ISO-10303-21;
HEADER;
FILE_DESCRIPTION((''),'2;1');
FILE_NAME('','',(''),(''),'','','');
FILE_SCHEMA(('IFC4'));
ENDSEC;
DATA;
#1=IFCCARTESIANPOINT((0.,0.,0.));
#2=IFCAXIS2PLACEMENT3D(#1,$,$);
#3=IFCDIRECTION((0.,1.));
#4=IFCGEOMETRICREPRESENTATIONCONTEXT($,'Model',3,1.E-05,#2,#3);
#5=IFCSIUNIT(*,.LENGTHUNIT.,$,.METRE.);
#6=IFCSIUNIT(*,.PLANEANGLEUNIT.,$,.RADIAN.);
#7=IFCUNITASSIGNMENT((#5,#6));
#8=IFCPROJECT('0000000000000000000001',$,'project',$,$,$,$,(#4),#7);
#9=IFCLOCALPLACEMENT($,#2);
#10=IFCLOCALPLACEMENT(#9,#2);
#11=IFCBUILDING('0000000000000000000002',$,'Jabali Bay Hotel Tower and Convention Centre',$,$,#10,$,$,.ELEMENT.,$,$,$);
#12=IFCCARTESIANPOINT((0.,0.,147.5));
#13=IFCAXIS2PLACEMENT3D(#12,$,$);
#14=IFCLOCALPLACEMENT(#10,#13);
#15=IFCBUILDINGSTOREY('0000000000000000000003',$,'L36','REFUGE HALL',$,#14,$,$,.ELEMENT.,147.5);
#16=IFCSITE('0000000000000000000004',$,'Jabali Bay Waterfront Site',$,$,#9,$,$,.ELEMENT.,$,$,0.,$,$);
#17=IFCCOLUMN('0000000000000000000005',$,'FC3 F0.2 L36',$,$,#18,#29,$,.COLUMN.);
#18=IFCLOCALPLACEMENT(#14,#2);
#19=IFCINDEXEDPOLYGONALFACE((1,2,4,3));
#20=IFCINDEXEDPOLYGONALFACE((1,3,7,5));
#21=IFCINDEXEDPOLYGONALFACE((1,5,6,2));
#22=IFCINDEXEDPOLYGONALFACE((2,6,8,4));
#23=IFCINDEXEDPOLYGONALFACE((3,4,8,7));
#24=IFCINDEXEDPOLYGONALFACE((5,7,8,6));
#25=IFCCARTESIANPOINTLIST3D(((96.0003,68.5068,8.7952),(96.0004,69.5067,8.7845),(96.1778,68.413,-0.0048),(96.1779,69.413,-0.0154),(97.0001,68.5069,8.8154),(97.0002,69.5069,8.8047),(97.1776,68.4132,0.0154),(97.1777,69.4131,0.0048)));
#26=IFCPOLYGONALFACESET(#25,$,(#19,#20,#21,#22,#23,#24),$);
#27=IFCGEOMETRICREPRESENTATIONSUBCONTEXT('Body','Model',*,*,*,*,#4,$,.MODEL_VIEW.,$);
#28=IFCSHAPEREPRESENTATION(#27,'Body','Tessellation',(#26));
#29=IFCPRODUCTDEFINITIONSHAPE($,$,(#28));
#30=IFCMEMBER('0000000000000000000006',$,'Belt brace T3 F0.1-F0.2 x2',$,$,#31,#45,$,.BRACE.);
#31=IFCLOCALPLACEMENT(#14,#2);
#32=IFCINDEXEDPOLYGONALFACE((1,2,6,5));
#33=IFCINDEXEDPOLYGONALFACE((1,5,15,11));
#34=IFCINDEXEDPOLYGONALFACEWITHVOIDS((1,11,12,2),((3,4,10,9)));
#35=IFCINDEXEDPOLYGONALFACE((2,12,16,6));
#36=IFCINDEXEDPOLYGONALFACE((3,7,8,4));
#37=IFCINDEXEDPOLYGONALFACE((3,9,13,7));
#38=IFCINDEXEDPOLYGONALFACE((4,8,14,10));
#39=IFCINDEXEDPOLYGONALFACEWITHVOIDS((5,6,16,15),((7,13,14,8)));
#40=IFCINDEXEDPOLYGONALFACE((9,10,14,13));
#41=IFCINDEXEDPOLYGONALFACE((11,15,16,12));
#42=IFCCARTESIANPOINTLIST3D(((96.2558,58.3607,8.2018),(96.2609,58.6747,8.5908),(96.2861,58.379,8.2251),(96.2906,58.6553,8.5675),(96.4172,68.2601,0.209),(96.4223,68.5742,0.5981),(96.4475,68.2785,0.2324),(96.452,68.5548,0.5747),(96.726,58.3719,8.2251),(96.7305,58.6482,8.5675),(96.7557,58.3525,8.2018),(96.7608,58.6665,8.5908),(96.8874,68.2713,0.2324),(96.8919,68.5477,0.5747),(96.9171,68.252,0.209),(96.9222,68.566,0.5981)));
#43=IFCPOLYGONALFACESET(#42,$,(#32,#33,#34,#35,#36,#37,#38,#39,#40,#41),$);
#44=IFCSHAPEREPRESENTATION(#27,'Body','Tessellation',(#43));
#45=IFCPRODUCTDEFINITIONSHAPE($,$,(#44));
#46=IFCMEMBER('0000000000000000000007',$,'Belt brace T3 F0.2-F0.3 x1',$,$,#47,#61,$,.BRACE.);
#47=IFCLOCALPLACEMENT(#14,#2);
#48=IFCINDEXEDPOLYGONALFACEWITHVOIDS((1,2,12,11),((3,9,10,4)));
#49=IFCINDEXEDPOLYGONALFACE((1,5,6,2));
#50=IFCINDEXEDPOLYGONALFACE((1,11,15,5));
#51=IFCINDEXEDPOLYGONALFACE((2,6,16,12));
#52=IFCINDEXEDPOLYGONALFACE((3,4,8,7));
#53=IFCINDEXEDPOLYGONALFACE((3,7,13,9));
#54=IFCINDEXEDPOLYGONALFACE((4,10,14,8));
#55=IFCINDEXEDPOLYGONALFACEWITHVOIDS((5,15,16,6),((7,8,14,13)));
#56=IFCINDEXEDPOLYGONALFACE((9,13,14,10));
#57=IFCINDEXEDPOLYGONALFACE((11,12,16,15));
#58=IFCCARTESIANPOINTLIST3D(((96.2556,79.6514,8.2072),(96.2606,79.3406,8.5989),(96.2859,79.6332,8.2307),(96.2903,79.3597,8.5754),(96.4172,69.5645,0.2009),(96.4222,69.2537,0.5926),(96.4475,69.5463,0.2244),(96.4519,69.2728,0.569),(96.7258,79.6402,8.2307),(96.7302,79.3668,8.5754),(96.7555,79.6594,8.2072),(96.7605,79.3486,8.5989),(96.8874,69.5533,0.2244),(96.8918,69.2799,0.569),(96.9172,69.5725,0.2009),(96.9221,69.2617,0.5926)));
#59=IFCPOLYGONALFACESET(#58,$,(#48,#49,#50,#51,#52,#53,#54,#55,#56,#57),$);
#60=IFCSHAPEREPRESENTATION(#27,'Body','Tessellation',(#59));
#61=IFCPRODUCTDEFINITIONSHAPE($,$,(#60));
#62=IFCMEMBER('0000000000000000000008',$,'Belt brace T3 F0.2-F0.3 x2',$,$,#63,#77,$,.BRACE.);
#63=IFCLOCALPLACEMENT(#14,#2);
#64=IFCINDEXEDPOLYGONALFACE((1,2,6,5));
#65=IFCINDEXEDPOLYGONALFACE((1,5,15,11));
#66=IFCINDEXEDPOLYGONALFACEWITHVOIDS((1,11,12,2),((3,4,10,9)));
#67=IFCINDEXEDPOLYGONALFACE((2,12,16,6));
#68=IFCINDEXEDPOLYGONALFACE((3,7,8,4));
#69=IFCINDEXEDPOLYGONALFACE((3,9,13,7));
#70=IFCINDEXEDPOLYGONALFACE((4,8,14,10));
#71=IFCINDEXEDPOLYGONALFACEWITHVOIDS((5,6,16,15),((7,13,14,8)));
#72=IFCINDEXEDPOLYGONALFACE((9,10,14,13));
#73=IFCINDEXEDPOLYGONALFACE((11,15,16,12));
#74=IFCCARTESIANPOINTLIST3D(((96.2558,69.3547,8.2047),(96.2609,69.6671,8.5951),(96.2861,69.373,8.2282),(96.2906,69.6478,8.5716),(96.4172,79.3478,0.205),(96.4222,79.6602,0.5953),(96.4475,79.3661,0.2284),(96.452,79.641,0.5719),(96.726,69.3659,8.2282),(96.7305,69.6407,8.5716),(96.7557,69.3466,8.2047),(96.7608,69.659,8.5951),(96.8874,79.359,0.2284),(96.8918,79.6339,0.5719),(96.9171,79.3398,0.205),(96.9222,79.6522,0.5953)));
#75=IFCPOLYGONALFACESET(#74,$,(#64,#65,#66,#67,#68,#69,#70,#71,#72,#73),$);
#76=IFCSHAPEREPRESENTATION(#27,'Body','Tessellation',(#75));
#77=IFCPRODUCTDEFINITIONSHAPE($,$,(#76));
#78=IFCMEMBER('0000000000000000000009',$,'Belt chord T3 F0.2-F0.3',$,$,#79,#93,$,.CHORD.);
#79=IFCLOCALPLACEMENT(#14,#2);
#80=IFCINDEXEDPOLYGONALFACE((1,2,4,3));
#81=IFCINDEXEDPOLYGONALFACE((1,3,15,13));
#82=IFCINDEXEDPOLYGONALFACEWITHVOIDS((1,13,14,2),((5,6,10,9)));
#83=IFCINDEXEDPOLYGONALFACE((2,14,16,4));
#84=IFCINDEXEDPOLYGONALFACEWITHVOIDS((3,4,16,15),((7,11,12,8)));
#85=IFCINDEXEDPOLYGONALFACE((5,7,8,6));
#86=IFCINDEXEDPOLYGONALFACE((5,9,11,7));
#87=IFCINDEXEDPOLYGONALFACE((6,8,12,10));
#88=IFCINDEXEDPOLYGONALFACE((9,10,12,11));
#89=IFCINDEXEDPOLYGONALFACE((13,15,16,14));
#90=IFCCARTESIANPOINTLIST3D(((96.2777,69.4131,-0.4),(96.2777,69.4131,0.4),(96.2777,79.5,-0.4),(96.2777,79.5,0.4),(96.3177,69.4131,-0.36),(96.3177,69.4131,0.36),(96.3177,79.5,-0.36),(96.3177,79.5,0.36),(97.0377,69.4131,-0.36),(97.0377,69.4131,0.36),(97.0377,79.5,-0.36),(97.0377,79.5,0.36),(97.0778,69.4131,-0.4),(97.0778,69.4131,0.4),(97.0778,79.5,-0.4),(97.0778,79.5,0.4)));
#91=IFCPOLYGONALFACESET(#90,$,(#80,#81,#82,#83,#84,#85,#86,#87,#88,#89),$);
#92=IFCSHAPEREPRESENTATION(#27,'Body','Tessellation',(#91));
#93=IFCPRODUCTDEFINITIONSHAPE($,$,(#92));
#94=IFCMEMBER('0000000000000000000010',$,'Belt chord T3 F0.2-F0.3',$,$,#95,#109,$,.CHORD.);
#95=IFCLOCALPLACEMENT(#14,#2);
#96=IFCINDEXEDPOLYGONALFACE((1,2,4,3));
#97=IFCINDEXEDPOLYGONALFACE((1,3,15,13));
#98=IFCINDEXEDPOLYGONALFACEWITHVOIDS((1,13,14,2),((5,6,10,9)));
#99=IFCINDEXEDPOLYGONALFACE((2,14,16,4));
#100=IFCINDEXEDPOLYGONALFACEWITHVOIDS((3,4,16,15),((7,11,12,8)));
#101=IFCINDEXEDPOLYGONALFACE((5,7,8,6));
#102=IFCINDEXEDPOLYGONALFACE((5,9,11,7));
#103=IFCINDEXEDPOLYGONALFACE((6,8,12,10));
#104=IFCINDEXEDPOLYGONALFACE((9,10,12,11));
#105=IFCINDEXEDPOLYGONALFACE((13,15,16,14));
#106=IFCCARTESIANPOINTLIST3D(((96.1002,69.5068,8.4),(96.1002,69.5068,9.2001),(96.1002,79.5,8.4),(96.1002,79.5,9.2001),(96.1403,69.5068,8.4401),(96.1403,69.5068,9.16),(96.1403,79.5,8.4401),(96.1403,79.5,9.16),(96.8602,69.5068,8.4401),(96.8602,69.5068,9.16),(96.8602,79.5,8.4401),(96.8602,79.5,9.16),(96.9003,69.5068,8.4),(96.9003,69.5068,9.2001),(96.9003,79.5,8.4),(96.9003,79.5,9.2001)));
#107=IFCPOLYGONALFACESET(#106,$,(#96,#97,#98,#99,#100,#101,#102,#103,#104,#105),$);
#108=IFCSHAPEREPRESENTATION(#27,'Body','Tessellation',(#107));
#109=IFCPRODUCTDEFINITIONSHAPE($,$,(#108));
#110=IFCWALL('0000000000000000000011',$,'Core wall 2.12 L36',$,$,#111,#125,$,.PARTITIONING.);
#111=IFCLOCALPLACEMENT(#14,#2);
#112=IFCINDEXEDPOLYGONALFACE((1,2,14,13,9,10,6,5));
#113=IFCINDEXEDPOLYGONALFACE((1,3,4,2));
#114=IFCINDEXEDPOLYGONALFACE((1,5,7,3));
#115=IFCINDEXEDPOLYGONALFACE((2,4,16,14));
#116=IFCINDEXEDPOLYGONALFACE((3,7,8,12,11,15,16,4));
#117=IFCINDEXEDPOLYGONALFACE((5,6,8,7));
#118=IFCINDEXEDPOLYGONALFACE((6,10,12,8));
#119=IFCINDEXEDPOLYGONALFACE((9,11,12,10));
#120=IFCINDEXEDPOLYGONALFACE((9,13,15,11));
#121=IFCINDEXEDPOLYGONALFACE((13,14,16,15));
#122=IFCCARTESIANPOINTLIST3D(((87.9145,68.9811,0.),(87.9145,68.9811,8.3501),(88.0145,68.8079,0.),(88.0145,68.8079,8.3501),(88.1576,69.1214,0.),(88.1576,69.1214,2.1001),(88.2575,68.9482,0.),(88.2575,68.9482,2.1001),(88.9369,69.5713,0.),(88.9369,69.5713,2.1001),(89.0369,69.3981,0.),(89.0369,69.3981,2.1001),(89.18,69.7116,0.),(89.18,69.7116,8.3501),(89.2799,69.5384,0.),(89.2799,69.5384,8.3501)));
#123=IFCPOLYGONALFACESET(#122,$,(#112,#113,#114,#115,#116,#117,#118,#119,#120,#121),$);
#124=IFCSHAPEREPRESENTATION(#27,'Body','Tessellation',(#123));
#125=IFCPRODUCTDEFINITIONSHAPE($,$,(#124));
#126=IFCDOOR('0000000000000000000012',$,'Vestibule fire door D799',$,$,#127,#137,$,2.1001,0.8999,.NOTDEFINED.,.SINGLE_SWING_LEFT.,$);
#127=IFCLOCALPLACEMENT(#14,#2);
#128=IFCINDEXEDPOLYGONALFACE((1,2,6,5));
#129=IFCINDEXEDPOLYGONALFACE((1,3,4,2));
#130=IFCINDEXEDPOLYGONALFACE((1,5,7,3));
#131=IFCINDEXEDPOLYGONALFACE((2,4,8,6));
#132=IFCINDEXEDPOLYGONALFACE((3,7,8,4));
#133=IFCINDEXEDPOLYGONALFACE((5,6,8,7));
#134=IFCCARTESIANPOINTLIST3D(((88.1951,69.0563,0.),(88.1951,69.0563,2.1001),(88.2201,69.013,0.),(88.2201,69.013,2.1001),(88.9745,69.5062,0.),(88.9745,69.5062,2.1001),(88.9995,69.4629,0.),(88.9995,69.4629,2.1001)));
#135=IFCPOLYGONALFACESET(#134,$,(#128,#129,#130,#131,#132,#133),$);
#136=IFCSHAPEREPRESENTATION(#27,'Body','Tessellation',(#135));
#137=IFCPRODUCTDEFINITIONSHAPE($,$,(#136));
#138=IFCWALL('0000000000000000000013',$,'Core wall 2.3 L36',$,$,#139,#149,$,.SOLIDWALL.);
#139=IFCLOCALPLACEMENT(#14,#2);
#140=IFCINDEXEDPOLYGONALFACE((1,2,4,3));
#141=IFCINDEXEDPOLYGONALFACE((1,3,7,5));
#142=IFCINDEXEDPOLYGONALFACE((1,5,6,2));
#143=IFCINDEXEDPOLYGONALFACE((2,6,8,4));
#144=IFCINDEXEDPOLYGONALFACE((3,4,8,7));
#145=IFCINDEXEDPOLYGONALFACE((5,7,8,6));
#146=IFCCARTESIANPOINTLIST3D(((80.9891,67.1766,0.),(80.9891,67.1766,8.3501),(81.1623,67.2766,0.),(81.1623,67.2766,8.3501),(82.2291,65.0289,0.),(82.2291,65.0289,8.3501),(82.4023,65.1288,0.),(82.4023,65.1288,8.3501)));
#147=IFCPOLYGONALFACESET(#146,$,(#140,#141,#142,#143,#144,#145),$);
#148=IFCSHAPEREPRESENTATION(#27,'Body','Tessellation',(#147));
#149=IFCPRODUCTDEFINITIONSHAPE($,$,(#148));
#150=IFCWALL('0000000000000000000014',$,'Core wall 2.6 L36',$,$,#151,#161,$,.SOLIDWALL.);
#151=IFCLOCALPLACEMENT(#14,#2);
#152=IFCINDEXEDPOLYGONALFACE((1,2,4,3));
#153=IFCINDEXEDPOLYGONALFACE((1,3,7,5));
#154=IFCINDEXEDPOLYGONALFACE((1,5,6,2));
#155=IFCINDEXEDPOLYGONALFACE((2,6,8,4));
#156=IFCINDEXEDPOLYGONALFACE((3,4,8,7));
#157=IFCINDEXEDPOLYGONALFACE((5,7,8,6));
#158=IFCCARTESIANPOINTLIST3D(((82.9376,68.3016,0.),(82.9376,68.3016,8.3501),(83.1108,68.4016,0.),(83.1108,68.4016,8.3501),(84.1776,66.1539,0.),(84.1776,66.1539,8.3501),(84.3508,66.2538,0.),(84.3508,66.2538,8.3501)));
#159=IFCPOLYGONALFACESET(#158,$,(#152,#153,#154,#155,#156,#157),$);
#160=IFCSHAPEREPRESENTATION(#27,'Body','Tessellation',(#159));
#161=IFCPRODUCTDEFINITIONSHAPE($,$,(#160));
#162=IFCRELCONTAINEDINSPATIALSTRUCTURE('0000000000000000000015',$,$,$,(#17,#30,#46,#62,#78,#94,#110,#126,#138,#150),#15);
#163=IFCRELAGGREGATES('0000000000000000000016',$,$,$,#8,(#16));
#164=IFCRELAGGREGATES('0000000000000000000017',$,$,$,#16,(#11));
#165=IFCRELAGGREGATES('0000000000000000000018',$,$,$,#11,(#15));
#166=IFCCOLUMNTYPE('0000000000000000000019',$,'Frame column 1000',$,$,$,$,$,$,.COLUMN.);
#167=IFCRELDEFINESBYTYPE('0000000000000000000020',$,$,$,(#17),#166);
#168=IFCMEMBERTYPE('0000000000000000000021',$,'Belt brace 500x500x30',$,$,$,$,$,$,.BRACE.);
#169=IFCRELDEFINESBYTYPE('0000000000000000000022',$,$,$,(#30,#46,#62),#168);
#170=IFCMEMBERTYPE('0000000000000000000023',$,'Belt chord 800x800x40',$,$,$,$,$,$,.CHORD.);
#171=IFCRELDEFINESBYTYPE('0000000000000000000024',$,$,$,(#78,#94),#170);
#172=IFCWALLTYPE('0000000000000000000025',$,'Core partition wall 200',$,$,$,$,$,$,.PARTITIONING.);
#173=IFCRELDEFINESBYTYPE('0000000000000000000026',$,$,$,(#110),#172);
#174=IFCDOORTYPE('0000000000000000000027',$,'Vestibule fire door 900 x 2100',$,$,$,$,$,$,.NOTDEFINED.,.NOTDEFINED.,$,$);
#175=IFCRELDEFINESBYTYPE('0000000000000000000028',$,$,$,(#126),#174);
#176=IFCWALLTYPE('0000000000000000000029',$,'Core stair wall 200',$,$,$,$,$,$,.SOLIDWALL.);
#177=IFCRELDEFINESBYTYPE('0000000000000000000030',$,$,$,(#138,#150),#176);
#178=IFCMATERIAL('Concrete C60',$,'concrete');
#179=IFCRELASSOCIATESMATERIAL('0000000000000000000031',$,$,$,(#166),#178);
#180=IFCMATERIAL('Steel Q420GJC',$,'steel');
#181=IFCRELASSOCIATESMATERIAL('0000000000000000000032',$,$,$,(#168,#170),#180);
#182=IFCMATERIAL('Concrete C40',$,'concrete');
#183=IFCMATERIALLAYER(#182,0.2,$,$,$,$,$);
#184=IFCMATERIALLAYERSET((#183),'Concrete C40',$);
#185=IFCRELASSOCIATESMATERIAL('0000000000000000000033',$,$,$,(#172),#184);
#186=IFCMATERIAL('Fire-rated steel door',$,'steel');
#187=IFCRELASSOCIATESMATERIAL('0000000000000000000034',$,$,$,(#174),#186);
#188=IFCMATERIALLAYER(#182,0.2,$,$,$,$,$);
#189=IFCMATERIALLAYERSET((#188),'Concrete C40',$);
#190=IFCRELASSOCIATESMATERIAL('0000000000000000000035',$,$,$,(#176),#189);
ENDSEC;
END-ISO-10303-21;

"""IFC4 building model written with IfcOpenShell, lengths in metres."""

from ifc_helpers import new_model, si_unit, direction, frame, frame_2d, origin, origin_2d, place, context, subcontext, project, spatial, rectangle, hollow_rectangle, extrude, material, layer, layer_set, material_profile, profile_set, type_object, element, fill, save


model = new_model("IFC4")

# Units and contexts
model_context = context("Model", 3, precision=1e-05, world=origin(), true_north=direction((0.0, 1.0)))
body_context = subcontext(model_context, "Body", "Model", "MODEL_VIEW")
ifc_project = project(units=[si_unit("LENGTHUNIT", "METRE"), si_unit("PLANEANGLEUNIT", "RADIAN")], contexts=[model_context])

# Site, building, storey
site_placement = place(None, origin())
site = spatial("IfcSite", under=ifc_project, at=site_placement, Name="Jabali Bay Waterfront Site", CompositionType="ELEMENT", RefElevation=0.0)
building_placement = place(site_placement, origin())
building = spatial("IfcBuilding", under=site, at=building_placement, Name="Jabali Bay Hotel Tower and Convention Centre", CompositionType="ELEMENT")
storey_placement = place(building_placement, frame((0.0, 0.0, 147.5)))
storey = spatial("IfcBuildingStorey", under=building, at=storey_placement, Name="L36", Description="REFUGE HALL", CompositionType="ELEMENT", Elevation=147.5)

# Column
ifc_material_1 = material(Name="Concrete C60", Category="concrete")
ifc_material_profile_1 = material_profile(ifc_material_1, rectangle(XDim=1.0, YDim=1.0, at=origin_2d()), Name="Frame column 1000")
ifc_profile_set_1 = profile_set([ifc_material_profile_1], Name="Concrete C60")
column_type = type_object("IfcColumnType", Name="Frame column 1000", PredefinedType="COLUMN", material=ifc_profile_set_1)
column_placement = place(storey_placement, frame((96.6777, 68.9131, 0.0), z_axis=(-0.020164, 0.010651, 0.99974), x_axis=(-0.000069, -0.999943, 0.010651)))
element("IfcColumn", 1, at=column_placement, inside=storey, type_object=column_type, Name="FC3 F0.2 L36", PredefinedType="COLUMN", context=body_context, shape_type="SweptSolid", body=[
    extrude(rectangle(XDim=1.0, YDim=1.0, at=origin_2d()), origin(), (0.0, 0.0, 1.0), 8.8022),
])

# Members
ifc_material_2 = material(Name="Steel Q420GJC", Category="steel")
ifc_material_profile_2 = material_profile(ifc_material_2, hollow_rectangle(XDim=0.5, YDim=0.5, WallThickness=0.03, at=origin_2d()), Name="Belt brace 500x500x30")
ifc_profile_set_2 = profile_set([ifc_material_profile_2], Name="Steel Q420GJC")
member_type_1 = type_object("IfcMemberType", Name="Belt brace 500x500x30", PredefinedType="BRACE", material=ifc_profile_set_2)
member_1_placement = place(storey_placement, frame((96.6697, 68.4131, 0.4036), z_axis=(-0.012683, -0.777994, 0.628144), x_axis=(0.999867, -0.0163, 0.0)))
element("IfcMember", 2, at=member_1_placement, inside=storey, type_object=member_type_1, Name="Belt brace T3 F0.1-F0.2 x2", PredefinedType="BRACE", context=body_context, shape_type="SweptSolid", body=[
    extrude(hollow_rectangle(XDim=0.5, YDim=0.5, WallThickness=0.03, at=origin_2d()), origin(), (0.0, 0.0, 1.0), 12.7244),
])
member_2_placement = place(storey_placement, frame((96.6697, 69.4131, 0.3967), z_axis=(-0.012549, 0.783195, 0.62165), x_axis=(-0.999872, -0.016021, 0.0)))
element("IfcMember", 3, at=member_2_placement, inside=storey, type_object=member_type_1, Name="Belt brace T3 F0.2-F0.3 x1", PredefinedType="BRACE", context=body_context, shape_type="SweptSolid", body=[
    extrude(hollow_rectangle(XDim=0.5, YDim=0.5, WallThickness=0.03, at=origin_2d()), origin(), (0.0, 0.0, 1.0), 12.8792),
])
member_3_placement = place(storey_placement, frame((96.6697, 79.5, 0.4001), z_axis=(-0.012606, -0.780608, 0.624894), x_axis=(0.99987, -0.016147, 0.0)))
element("IfcMember", 4, at=member_3_placement, inside=storey, type_object=member_type_1, Name="Belt brace T3 F0.2-F0.3 x2", PredefinedType="BRACE", context=body_context, shape_type="SweptSolid", body=[
    extrude(hollow_rectangle(XDim=0.5, YDim=0.5, WallThickness=0.03, at=origin_2d()), origin(), (0.0, 0.0, 1.0), 12.8018),
])
ifc_material_profile_3 = material_profile(ifc_material_2, hollow_rectangle(XDim=0.8, YDim=0.8, WallThickness=0.04, at=origin_2d()), Name="Belt chord 800x800x40")
ifc_profile_set_3 = profile_set([ifc_material_profile_3], Name="Steel Q420GJC")
member_type_2 = type_object("IfcMemberType", Name="Belt chord 800x800x40", PredefinedType="CHORD", material=ifc_profile_set_3)
member_4_placement = place(storey_placement, frame((96.6777, 69.4131, 0.0), z_axis=(0.0, 1.0, 0.0), x_axis=(-1.0, 0.0, 0.0)))
element("IfcMember", 5, at=member_4_placement, inside=storey, type_object=member_type_2, Name="Belt chord T3 F0.2-F0.3", PredefinedType="CHORD", context=body_context, shape_type="SweptSolid", body=[
    extrude(hollow_rectangle(XDim=0.8, YDim=0.8, WallThickness=0.04, at=origin_2d()), origin(), (0.0, 0.0, 1.0), 10.0869),
])
member_5_placement = place(storey_placement, frame((96.5002, 69.5068, 8.8), z_axis=(0.0, 1.0, 0.0), x_axis=(-1.0, 0.0, 0.0)))
element("IfcMember", 6, at=member_5_placement, inside=storey, type_object=member_type_2, Name="Belt chord T3 F0.2-F0.3", PredefinedType="CHORD", context=body_context, shape_type="SweptSolid", body=[
    extrude(hollow_rectangle(XDim=0.8, YDim=0.8, WallThickness=0.04, at=origin_2d()), origin(), (0.0, 0.0, 1.0), 9.9932),
])

# Wall, opening, door
ifc_material_3 = material(Name="Concrete C40", Category="concrete")
ifc_layer_1 = layer(ifc_material_3, 0.2)
ifc_layer_set_1 = layer_set([ifc_layer_1], Name="Concrete C40")
wall_type_1 = type_object("IfcWallType", Name="Core partition wall 200", PredefinedType="PARTITIONING", material=ifc_layer_set_1)
wall_1_placement = place(storey_placement, frame((87.9646, 68.8945, 0.0), z_axis=(0.0, 0.0, 1.0), x_axis=(0.866055, 0.499949, 0.0)))
wall_1 = element("IfcWall", 7, at=wall_1_placement, inside=storey, type_object=wall_type_1, Name="Core wall 2.12 L36", PredefinedType="PARTITIONING", context=body_context, shape_type="SweptSolid", body=[
    extrude(rectangle(XDim=1.4612, YDim=0.2, at=frame_2d((0.7305, 0.0))), origin(), (0.0, 0.0, 1.0), 8.3501),
])
opening_1_placement = place(wall_1_placement, frame((0.2805, 0.0, 0.0)))
opening_1 = element("IfcOpeningElement", 8, at=opening_1_placement, cuts=wall_1, PredefinedType="OPENING", context=body_context, shape_type="SweptSolid", body=[
    extrude(rectangle(XDim=0.8999, YDim=2.1001, at=frame_2d((0.45, 1.05))), frame((0.0, 0.1104, 0.0), z_axis=(0.0, -1.0, 0.0), x_axis=(1.0, 0.0, 0.0)), (0.0, 0.0, 1.0), 0.2209),
])
ifc_material_4 = material(Name="Fire-rated steel door", Category="steel")
door_type_1 = type_object("IfcDoorType", Name="Vestibule fire door 900 x 2100", OperationType="NOTDEFINED", PredefinedType="NOTDEFINED", material=ifc_material_4)
door_1_placement = place(opening_1_placement, origin())
door_1 = element("IfcDoor", 9, at=door_1_placement, inside=storey, type_object=door_type_1, Name="Vestibule fire door D799", OperationType="SINGLE_SWING_LEFT", OverallHeight=2.1001, OverallWidth=0.8999, PredefinedType="NOTDEFINED", context=body_context, shape_type="SweptSolid", body=[
    extrude(rectangle(XDim=0.8999, YDim=2.1001, at=frame_2d((0.45, 1.05))), frame((0.0, 0.0249, 0.0), z_axis=(0.0, -1.0, 0.0), x_axis=(1.0, 0.0, 0.0)), (0.0, 0.0, 1.0), 0.05),
])
fill(opening_1, door_1)

# Walls
ifc_layer_2 = layer(ifc_material_3, 0.2)
ifc_layer_set_2 = layer_set([ifc_layer_2], Name="Concrete C40")
wall_type_2 = type_object("IfcWallType", Name="Core stair wall 200", PredefinedType="SOLIDWALL", material=ifc_layer_set_2)
for number, where, z_axis, x_axis, name in (
    (10, (81.0757, 67.2266, 0.0), (0.0, 0.0, 1.0), (0.500004, -0.866023, 0.0), "Core wall 2.3 L36"),
    (11, (83.0242, 68.3516, 0.0), (0.0, 0.0, 1.0), (0.500004, -0.866023, 0.0), "Core wall 2.6 L36"),
):
    element("IfcWall", number, at=place(storey_placement, frame(where, z_axis=z_axis, x_axis=x_axis)), inside=storey, type_object=wall_type_2, Name=name, PredefinedType="SOLIDWALL", context=body_context, shape_type="SweptSolid", body=[
        extrude(rectangle(XDim=2.48, YDim=0.2, at=frame_2d((1.24, 0.0))), origin(), (0.0, 0.0, 1.0), 8.3501),
    ])

save(model, "model.ifc")
